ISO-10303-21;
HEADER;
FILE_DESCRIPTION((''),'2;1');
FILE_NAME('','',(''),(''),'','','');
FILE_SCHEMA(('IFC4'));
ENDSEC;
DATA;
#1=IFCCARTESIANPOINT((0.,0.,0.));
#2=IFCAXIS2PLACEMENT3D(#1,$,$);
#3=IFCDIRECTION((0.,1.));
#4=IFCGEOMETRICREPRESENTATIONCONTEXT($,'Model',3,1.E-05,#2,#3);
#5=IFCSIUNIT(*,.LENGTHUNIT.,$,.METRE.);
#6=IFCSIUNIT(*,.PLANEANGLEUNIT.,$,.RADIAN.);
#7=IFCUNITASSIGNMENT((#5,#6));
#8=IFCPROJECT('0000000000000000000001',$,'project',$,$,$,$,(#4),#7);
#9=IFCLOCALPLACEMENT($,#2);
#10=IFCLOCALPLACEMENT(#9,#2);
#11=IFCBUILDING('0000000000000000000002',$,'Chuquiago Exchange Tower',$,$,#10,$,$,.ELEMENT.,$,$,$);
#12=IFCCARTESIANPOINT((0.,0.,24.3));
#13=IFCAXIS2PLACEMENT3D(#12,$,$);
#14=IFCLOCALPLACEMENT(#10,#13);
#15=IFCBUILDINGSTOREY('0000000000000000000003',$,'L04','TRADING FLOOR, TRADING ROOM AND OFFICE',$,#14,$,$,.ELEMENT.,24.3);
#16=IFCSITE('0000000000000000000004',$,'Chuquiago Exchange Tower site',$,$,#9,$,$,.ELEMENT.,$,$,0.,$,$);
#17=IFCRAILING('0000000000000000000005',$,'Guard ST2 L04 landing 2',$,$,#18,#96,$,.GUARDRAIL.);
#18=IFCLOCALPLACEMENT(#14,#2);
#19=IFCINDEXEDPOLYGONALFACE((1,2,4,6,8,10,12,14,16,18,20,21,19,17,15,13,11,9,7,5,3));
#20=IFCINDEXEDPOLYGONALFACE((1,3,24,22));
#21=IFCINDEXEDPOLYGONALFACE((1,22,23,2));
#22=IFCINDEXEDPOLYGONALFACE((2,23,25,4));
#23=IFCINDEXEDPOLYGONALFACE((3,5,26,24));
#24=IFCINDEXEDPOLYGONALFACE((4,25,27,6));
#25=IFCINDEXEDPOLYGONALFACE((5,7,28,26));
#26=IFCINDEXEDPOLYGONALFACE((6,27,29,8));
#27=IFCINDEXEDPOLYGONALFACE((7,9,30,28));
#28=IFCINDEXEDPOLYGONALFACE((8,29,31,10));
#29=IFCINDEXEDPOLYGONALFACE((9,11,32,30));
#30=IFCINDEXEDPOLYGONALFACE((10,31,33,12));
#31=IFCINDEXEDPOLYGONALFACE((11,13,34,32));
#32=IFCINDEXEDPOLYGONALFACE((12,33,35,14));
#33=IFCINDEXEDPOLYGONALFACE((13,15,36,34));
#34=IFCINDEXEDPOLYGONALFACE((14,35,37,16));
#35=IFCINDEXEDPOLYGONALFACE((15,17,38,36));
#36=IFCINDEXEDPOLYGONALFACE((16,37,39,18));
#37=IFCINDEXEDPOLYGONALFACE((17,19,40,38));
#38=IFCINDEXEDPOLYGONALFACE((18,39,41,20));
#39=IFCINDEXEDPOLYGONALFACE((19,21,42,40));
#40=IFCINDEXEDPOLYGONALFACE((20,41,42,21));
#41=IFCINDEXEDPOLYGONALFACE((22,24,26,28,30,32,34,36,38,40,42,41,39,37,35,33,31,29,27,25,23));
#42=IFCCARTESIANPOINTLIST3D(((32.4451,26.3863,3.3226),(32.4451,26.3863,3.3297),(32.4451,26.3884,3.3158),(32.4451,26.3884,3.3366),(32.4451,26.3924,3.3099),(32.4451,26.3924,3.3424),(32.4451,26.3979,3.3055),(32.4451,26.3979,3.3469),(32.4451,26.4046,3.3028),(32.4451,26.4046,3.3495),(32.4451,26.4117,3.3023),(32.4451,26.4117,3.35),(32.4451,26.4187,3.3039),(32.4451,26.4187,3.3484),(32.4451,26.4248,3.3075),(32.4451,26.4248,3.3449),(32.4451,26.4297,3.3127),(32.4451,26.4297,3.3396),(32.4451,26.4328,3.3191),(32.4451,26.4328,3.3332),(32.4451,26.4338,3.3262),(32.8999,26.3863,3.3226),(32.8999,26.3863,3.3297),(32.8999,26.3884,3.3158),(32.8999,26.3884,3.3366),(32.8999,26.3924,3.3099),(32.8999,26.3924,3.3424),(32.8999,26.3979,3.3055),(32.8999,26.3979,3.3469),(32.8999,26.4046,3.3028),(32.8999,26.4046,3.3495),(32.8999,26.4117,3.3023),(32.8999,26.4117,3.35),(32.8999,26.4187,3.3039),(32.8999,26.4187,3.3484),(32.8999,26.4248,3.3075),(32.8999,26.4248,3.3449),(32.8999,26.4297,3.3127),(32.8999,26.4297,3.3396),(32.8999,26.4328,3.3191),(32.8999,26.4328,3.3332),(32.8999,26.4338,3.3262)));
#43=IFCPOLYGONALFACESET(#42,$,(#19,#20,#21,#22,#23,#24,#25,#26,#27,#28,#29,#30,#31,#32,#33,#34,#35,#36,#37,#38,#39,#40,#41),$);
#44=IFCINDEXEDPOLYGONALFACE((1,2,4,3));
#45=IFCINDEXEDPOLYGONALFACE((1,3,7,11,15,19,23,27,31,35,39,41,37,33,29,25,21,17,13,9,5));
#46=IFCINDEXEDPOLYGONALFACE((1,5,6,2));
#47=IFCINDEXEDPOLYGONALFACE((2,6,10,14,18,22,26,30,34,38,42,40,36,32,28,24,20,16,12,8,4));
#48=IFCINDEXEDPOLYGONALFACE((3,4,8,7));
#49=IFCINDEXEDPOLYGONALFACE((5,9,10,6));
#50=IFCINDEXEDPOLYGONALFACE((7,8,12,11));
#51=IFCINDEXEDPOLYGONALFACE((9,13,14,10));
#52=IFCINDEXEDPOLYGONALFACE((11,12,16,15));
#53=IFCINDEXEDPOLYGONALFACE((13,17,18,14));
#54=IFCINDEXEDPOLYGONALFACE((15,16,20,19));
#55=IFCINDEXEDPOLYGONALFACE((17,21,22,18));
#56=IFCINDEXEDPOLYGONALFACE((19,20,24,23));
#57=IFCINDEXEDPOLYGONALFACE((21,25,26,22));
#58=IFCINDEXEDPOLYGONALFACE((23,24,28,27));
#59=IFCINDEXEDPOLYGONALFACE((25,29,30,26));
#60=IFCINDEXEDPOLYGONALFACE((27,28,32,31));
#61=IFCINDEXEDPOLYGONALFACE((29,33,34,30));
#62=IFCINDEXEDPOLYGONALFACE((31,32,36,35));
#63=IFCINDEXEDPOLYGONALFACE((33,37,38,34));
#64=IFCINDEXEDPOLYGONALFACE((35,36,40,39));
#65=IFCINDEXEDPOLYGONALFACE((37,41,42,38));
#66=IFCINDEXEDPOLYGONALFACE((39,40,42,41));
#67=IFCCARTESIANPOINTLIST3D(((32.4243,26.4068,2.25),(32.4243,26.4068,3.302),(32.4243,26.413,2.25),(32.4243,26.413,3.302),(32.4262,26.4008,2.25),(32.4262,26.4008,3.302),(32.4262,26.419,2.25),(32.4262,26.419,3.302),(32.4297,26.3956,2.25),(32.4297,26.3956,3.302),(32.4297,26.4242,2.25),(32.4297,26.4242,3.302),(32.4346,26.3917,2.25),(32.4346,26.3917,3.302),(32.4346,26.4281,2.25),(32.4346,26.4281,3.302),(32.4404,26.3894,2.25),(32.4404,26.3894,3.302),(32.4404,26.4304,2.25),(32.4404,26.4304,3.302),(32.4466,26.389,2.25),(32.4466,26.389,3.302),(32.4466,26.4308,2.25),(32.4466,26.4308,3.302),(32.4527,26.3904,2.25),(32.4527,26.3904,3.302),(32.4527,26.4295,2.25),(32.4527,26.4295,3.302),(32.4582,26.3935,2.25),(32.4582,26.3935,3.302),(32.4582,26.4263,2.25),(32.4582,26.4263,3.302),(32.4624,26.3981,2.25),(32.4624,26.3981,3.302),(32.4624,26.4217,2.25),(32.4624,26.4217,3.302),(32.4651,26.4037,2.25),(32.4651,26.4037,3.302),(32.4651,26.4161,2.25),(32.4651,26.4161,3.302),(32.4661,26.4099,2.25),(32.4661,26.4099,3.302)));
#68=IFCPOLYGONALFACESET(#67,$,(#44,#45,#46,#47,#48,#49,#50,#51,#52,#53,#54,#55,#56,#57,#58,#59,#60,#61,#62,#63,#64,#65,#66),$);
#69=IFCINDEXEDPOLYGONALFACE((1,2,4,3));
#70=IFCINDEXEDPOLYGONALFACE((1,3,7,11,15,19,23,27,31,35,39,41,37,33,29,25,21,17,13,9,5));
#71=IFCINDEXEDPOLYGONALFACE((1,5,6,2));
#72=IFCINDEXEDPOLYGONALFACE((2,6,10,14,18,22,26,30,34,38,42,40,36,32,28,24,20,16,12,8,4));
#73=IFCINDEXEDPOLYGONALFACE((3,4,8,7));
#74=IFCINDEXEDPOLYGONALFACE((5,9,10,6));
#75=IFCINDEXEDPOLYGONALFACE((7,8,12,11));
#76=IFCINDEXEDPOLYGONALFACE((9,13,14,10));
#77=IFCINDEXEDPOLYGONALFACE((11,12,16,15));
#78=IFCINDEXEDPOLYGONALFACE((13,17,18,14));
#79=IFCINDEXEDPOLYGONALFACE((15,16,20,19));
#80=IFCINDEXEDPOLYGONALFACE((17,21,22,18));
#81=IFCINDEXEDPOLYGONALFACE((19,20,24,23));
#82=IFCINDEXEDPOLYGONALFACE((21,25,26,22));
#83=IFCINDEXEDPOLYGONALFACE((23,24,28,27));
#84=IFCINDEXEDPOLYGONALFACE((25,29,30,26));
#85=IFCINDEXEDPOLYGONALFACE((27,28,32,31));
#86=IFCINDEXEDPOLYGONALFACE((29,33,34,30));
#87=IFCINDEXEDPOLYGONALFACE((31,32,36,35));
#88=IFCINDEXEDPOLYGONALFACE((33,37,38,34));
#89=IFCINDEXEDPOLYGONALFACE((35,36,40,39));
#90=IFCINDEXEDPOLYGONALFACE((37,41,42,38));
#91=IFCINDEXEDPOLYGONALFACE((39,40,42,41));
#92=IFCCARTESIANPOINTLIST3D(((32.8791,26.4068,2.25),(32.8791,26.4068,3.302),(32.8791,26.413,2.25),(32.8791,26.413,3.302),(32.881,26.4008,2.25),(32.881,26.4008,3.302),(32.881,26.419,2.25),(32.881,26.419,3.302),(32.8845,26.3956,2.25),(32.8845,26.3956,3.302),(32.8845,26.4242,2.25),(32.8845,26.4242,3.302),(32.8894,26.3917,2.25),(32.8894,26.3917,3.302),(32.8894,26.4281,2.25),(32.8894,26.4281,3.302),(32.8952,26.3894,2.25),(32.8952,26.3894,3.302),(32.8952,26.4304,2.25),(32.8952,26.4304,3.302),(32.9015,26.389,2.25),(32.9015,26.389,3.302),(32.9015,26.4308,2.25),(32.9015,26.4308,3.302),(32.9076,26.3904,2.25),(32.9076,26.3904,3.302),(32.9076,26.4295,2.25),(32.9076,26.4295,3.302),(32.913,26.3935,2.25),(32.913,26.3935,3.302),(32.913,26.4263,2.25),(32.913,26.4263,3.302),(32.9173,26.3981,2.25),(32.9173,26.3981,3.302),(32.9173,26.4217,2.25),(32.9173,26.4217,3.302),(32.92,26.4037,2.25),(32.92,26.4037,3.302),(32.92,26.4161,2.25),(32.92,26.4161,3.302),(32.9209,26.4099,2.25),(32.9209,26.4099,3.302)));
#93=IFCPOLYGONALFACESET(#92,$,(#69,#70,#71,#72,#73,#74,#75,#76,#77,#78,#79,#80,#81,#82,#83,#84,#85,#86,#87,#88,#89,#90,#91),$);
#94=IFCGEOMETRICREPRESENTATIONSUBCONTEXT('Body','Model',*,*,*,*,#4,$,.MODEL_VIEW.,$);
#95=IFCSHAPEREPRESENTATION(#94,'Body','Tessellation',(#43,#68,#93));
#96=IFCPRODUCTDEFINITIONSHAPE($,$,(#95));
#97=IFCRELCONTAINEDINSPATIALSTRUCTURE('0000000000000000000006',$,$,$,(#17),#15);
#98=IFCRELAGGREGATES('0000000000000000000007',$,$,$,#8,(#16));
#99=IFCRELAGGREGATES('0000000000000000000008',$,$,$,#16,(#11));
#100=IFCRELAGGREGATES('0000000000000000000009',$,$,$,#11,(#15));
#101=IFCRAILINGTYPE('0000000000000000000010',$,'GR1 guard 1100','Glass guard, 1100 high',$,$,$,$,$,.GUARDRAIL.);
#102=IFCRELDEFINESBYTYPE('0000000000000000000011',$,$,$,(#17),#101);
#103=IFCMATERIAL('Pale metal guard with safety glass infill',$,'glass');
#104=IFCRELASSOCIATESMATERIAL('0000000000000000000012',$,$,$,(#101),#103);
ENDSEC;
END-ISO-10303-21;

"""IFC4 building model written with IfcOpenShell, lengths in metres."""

from ifc_helpers import new_model, si_unit, direction, frame, origin, origin_2d, place, context, subcontext, project, spatial, circle, extrude, material, type_object, element, save


model = new_model("IFC4")

# Units and contexts
model_context = context("Model", 3, precision=1e-05, world=origin(), true_north=direction((0.0, 1.0)))
body_context = subcontext(model_context, "Body", "Model", "MODEL_VIEW")
ifc_project = project(units=[si_unit("LENGTHUNIT", "METRE"), si_unit("PLANEANGLEUNIT", "RADIAN")], contexts=[model_context])

# Site, building, storey
site_placement = place(None, origin())
site = spatial("IfcSite", under=ifc_project, at=site_placement, Name="Chuquiago Exchange Tower site", CompositionType="ELEMENT", RefElevation=0.0)
building_placement = place(site_placement, origin())
building = spatial("IfcBuilding", under=site, at=building_placement, Name="Chuquiago Exchange Tower", CompositionType="ELEMENT")
storey_placement = place(building_placement, frame((0.0, 0.0, 24.3)))
storey = spatial("IfcBuildingStorey", under=building, at=storey_placement, Name="L04", Description="TRADING FLOOR, TRADING ROOM AND OFFICE", CompositionType="ELEMENT", Elevation=24.3)

# Railing
ifc_material_1 = material(Name="Pale metal guard with safety glass infill", Category="glass")
railing_type_1 = type_object("IfcRailingType", Name="GR1 guard 1100", Description="Glass guard, 1100 high", PredefinedType="GUARDRAIL", material=ifc_material_1)
railing_placement = place(storey_placement, frame((32.4451, 26.4099, 2.25)))
element("IfcRailing", 1, at=railing_placement, inside=storey, type_object=railing_type_1, Name="Guard ST2 L04 landing 2", PredefinedType="GUARDRAIL", context=body_context, shape_type="SweptSolid", body=[
    extrude(circle(Radius=0.0239, at=origin_2d()), frame((0.0, 0.0, 1.0762), z_axis=(1.0, 0.0, 0.0), x_axis=(0.0, 1.0, 0.0)), (0.0, 0.0, 1.0), 0.4548),
    extrude(circle(Radius=0.021, at=origin_2d()), origin(), (0.0, 0.0, 1.0), 1.052),
    extrude(circle(Radius=0.021, at=origin_2d()), frame((0.4548, 0.0, 0.0)), (0.0, 0.0, 1.0), 1.052),
])

save(model, "model.ifc")
